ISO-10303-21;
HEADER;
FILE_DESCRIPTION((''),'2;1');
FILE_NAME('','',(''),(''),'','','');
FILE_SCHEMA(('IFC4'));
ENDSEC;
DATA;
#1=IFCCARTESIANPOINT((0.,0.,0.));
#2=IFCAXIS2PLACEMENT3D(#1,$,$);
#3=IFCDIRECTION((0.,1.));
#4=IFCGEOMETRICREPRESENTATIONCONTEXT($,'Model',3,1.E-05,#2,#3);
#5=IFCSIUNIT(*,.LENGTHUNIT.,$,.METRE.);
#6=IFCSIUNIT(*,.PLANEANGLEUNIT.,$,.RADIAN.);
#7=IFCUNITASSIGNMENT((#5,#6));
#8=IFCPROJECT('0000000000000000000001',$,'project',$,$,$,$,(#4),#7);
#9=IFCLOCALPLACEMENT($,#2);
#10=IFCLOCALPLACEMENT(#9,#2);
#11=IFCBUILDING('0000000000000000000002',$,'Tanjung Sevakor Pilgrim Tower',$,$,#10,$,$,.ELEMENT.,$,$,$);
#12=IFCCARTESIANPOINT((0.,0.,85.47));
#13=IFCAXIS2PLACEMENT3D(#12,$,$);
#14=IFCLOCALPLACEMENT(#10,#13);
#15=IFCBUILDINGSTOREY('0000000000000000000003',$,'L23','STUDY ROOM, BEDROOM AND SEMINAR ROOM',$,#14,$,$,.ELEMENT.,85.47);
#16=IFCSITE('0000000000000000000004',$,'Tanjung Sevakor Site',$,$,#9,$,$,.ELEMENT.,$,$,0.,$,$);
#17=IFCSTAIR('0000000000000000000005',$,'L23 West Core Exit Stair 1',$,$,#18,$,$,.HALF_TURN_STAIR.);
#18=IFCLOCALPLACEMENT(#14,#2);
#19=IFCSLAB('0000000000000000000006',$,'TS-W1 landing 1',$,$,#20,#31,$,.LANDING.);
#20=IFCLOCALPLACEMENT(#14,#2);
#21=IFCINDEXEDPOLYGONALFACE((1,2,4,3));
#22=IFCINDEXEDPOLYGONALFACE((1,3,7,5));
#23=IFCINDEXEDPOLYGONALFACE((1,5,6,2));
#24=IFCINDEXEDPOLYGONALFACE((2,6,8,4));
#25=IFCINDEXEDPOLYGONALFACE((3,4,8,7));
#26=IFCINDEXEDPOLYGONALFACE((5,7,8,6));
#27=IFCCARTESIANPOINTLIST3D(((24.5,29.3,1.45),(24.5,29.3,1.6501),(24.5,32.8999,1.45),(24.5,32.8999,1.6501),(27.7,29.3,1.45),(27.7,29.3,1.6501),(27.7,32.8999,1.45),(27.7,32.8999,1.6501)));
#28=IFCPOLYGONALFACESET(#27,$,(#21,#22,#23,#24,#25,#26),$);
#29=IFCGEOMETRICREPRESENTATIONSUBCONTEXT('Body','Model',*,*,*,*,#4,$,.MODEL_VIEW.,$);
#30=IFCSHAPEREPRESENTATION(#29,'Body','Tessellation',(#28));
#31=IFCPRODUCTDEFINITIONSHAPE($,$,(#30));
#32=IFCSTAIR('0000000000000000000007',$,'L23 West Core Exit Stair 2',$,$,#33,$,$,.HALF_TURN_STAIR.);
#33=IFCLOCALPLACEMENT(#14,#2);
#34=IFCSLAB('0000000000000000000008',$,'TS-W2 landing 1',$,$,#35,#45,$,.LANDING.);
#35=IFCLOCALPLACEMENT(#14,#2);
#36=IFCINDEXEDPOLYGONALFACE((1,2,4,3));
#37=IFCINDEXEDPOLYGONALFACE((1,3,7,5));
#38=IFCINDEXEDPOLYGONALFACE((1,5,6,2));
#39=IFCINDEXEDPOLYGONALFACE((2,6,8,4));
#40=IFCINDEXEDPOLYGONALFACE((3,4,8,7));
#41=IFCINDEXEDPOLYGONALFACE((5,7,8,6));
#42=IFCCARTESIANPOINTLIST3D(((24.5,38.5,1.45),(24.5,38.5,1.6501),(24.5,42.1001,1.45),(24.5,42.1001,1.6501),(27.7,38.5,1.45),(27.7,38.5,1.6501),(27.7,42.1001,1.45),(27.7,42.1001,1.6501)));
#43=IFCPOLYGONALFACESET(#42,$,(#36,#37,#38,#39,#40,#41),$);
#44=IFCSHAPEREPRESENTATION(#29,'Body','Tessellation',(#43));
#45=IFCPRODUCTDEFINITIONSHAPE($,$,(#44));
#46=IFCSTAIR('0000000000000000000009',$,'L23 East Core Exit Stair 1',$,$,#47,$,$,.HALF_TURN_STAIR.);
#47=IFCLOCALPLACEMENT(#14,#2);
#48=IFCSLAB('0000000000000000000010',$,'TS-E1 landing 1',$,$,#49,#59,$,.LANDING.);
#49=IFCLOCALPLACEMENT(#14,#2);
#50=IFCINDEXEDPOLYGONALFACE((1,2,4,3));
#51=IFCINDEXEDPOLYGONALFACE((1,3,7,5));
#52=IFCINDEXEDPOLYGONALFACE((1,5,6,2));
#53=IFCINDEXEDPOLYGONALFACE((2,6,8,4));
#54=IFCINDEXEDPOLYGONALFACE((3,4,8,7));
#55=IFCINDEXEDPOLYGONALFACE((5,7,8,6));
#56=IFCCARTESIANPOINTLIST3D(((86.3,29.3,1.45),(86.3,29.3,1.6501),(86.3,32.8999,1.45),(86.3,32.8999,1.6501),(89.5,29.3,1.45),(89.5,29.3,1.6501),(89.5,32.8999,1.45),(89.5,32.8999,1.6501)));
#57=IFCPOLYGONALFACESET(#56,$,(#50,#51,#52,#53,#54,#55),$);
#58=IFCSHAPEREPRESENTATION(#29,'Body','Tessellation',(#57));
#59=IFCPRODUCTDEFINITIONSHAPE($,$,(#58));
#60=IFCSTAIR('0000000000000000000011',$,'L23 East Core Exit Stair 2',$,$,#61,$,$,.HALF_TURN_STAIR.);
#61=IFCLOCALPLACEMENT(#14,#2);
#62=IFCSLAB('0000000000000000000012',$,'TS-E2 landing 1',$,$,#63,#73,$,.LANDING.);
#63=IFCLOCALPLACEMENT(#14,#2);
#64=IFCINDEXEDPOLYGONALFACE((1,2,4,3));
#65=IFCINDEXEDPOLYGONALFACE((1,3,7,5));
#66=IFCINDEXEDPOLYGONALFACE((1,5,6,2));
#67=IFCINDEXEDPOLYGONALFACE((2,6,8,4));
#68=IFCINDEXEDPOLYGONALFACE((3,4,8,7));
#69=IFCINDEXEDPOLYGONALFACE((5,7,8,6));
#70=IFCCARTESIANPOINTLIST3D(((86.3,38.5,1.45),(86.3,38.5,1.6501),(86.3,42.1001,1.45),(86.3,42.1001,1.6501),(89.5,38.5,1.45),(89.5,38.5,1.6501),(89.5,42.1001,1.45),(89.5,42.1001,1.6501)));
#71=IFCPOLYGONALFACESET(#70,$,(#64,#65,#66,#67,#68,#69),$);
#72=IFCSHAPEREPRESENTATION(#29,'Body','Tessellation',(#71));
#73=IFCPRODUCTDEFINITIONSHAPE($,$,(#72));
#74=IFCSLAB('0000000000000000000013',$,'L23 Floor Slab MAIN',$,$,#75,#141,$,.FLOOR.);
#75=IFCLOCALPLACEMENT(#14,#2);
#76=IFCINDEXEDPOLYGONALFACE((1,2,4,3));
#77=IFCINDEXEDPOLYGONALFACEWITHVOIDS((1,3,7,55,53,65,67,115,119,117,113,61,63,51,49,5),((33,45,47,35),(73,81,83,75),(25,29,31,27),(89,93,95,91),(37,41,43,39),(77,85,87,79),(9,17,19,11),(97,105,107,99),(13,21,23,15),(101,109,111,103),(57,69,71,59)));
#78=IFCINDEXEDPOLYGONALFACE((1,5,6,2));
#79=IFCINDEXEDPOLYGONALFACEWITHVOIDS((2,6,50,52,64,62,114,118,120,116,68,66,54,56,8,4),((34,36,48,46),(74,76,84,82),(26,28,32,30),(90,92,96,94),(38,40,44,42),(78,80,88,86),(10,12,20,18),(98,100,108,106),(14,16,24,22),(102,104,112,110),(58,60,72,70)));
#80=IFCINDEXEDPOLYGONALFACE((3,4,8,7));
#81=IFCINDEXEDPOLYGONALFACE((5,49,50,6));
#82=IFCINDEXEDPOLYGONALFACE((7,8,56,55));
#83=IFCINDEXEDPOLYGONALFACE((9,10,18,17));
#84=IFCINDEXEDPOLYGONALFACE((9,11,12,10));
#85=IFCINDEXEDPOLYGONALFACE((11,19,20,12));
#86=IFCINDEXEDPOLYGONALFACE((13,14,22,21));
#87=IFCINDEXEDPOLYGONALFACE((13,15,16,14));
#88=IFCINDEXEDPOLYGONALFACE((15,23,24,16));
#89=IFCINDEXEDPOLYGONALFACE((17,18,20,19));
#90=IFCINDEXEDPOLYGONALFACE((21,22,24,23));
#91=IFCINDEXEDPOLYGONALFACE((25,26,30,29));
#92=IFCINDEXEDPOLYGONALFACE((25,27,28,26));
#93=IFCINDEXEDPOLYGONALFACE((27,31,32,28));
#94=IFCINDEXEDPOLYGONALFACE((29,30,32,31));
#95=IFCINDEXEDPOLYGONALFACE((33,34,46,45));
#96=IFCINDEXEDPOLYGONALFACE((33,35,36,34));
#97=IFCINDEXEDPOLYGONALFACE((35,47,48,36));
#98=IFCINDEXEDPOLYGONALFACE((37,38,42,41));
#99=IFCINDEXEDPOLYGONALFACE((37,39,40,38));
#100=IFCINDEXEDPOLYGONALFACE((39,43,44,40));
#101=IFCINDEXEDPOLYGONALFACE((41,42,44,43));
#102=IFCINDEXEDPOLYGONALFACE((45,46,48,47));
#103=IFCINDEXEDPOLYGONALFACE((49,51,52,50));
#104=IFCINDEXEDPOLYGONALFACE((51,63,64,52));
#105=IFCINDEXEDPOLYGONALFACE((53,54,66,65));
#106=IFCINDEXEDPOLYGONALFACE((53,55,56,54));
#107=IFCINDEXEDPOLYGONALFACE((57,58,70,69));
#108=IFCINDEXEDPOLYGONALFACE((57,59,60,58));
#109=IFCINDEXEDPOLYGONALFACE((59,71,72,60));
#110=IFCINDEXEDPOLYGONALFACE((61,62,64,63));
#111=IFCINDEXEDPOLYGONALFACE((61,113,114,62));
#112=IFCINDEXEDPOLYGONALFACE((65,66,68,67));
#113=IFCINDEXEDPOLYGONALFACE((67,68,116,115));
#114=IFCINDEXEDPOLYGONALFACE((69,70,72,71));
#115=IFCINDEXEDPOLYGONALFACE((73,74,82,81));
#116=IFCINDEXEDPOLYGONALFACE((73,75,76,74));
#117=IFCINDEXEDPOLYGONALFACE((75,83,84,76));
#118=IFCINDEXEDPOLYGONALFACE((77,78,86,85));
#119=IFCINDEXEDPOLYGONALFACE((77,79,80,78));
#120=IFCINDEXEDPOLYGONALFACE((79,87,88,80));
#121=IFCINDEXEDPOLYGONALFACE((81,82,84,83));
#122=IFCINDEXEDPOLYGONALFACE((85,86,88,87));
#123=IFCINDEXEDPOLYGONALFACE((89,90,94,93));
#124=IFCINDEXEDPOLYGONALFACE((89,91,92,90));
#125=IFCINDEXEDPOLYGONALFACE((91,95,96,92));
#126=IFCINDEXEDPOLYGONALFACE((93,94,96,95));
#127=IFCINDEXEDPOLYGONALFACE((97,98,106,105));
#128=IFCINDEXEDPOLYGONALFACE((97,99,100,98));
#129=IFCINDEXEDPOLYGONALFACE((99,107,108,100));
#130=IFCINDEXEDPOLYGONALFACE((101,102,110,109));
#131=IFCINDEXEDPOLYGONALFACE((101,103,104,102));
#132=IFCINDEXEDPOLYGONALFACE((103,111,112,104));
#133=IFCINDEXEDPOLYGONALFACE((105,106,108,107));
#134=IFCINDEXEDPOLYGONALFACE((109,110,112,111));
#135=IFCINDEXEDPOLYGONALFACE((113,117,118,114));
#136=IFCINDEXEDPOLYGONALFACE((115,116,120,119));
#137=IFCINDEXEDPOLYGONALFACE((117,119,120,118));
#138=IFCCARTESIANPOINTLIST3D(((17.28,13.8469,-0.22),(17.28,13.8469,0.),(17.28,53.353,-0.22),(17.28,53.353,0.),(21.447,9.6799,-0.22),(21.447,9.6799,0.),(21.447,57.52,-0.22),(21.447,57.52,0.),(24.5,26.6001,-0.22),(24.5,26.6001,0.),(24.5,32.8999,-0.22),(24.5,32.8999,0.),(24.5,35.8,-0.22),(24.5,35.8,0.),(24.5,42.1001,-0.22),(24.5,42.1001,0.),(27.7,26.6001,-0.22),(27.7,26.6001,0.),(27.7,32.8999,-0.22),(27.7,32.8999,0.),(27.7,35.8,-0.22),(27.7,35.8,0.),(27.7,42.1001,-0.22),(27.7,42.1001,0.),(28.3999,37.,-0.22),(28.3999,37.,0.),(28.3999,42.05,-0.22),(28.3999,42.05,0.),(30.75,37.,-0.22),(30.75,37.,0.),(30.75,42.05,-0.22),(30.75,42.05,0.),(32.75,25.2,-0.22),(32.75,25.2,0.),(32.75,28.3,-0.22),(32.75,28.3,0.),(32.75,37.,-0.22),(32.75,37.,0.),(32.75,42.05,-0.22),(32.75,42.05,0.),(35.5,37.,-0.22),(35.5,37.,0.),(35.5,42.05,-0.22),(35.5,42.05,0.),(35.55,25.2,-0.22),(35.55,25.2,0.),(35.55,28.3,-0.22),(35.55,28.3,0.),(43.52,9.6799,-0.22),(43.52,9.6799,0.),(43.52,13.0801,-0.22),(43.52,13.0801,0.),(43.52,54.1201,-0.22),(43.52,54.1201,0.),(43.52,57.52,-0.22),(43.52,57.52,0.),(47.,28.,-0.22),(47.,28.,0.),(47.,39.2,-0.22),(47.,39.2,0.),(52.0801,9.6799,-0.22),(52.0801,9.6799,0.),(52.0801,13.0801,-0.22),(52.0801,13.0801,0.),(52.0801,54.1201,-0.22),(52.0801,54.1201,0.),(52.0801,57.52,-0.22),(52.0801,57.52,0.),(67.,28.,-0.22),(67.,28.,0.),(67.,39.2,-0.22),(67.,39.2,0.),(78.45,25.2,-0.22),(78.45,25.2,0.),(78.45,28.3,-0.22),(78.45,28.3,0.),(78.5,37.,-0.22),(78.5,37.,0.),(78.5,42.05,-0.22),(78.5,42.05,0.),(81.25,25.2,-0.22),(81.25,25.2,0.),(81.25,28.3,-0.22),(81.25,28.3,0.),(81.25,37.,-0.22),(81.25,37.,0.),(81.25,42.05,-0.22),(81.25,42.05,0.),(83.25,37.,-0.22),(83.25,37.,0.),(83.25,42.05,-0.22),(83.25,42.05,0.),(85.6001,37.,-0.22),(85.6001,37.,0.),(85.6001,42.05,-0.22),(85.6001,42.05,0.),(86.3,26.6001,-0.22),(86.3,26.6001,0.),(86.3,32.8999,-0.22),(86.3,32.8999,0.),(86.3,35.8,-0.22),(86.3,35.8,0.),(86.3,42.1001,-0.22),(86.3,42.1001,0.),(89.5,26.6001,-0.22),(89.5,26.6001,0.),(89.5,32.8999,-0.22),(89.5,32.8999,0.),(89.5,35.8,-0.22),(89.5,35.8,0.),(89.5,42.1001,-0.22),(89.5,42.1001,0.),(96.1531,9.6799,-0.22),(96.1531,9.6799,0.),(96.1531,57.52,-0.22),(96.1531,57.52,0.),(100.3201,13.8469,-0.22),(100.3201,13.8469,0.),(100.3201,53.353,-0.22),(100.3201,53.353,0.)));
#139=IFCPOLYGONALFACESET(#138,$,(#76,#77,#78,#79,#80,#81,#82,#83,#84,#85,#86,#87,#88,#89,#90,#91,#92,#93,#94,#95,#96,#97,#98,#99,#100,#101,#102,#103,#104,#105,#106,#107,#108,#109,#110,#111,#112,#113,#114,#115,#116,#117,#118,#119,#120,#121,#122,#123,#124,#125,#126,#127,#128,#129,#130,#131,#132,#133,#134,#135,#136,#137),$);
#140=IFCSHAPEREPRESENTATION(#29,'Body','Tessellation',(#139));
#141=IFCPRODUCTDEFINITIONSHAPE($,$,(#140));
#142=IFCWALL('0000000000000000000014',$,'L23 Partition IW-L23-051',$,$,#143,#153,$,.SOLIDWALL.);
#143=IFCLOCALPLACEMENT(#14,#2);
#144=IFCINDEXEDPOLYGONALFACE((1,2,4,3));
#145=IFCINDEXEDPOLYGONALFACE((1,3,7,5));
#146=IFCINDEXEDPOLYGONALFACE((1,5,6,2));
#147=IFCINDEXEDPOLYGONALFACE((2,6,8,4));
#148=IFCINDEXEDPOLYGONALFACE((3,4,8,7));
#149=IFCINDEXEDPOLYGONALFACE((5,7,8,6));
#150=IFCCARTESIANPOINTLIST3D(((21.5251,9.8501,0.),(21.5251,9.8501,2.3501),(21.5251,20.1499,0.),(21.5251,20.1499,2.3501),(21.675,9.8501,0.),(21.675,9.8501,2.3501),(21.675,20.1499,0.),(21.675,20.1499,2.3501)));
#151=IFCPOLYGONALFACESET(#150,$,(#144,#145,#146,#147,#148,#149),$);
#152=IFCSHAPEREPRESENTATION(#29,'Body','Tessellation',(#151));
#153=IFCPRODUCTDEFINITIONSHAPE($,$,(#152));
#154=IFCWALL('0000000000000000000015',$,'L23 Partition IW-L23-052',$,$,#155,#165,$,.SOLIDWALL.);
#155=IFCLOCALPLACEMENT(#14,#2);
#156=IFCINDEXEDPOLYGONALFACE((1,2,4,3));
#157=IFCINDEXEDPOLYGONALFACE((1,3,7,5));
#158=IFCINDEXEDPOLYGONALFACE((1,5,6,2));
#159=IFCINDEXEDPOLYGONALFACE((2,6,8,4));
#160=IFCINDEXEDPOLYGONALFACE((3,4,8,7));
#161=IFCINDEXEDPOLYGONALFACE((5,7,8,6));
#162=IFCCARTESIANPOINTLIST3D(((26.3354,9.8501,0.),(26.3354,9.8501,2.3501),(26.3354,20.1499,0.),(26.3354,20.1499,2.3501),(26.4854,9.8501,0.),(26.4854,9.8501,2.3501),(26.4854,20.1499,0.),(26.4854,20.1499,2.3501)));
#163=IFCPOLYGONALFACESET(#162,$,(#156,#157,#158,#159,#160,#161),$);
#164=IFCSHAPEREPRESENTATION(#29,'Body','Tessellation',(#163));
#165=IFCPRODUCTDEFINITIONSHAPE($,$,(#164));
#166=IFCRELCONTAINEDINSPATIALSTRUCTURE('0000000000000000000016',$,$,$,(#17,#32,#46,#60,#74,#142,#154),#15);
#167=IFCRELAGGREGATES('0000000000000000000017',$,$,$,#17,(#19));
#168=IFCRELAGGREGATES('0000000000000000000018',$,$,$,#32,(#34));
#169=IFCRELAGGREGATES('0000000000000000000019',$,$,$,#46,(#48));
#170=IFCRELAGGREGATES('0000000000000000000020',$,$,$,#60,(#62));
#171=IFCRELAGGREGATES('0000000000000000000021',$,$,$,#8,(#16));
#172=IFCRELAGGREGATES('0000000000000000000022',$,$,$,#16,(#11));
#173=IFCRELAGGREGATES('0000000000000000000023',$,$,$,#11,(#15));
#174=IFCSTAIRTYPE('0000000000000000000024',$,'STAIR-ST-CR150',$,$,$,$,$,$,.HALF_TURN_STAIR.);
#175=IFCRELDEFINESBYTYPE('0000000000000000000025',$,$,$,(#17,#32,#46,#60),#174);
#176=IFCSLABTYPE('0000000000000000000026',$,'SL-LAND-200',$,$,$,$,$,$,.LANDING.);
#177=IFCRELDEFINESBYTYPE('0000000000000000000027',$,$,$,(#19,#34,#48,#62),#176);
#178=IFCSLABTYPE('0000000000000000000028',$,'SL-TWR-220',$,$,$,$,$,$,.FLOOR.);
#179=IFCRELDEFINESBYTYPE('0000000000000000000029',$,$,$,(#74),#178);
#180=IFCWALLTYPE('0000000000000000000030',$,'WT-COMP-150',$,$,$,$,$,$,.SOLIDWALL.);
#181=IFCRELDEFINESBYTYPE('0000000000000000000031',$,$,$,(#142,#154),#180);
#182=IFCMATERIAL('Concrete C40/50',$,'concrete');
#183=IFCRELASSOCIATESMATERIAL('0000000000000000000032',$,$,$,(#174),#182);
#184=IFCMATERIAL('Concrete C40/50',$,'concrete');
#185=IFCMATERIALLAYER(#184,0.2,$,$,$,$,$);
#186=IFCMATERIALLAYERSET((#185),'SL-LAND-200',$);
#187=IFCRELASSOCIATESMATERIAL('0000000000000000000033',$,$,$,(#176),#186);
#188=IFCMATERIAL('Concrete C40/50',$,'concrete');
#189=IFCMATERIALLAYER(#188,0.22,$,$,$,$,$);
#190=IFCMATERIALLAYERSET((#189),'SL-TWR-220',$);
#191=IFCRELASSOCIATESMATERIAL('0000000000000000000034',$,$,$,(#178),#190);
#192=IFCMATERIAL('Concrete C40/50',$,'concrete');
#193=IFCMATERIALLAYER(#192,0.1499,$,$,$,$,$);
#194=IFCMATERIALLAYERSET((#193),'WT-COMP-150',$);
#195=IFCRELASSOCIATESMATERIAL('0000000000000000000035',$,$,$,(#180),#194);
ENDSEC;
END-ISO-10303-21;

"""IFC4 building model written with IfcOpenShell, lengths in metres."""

from ifc_helpers import new_model, si_unit, direction, frame, frame_2d, origin, place, context, subcontext, project, spatial, polyline, rectangle, outline, extrude, material, layer, layer_set, type_object, element, aggregate, save


model = new_model("IFC4")

# Units and contexts
model_context = context("Model", 3, precision=1e-05, world=origin(), true_north=direction((0.0, 1.0)))
body_context = subcontext(model_context, "Body", "Model", "MODEL_VIEW")
ifc_project = project(units=[si_unit("LENGTHUNIT", "METRE"), si_unit("PLANEANGLEUNIT", "RADIAN")], contexts=[model_context])

# Site, building, storey
site_placement = place(None, origin())
site = spatial("IfcSite", under=ifc_project, at=site_placement, Name="Tanjung Sevakor Site", CompositionType="ELEMENT", RefElevation=0.0)
building_placement = place(site_placement, origin())
building = spatial("IfcBuilding", under=site, at=building_placement, Name="Tanjung Sevakor Pilgrim Tower", CompositionType="ELEMENT")
storey_placement = place(building_placement, frame((0.0, 0.0, 85.47)))
storey = spatial("IfcBuildingStorey", under=building, at=storey_placement, Name="L23", Description="STUDY ROOM, BEDROOM AND SEMINAR ROOM", CompositionType="ELEMENT", Elevation=85.47)

# Stairs, slabs
ifc_material_1 = material(Name="Concrete C40/50", Category="concrete")
stair_type = type_object("IfcStairType", Name="STAIR-ST-CR150", PredefinedType="HALF_TURN_STAIR", material=ifc_material_1)
stair_1_placement = place(storey_placement, origin())
stair_1 = element("IfcStair", 1, at=stair_1_placement, inside=storey, type_object=stair_type, Name="L23 West Core Exit Stair 1", PredefinedType="HALF_TURN_STAIR")
ifc_material_2 = material(Name="Concrete C40/50", Category="concrete")
ifc_layer_1 = layer(ifc_material_2, 0.2)
ifc_layer_set_1 = layer_set([ifc_layer_1], Name="SL-LAND-200")
slab_type_1 = type_object("IfcSlabType", Name="SL-LAND-200", PredefinedType="LANDING", material=ifc_layer_set_1)
slab_1_placement = place(storey_placement, frame((0.0, 0.0, 1.45)))
slab_1 = element("IfcSlab", 2, at=slab_1_placement, type_object=slab_type_1, Name="TS-W1 landing 1", PredefinedType="LANDING", context=body_context, shape_type="SweptSolid", body=[
    extrude(outline(polyline([(27.7, 29.3), (27.7, 32.8999), (24.5, 32.8999), (24.5, 29.3), (27.7, 29.3)])), origin(), (0.0, 0.0, 1.0), 0.2002),
])
aggregate(stair_1, [slab_1])
stair_2_placement = place(storey_placement, origin())
stair_2 = element("IfcStair", 3, at=stair_2_placement, inside=storey, type_object=stair_type, Name="L23 West Core Exit Stair 2", PredefinedType="HALF_TURN_STAIR")
slab_2_placement = place(storey_placement, frame((0.0, 0.0, 1.45)))
slab_2 = element("IfcSlab", 4, at=slab_2_placement, type_object=slab_type_1, Name="TS-W2 landing 1", PredefinedType="LANDING", context=body_context, shape_type="SweptSolid", body=[
    extrude(outline(polyline([(27.7, 38.5), (27.7, 42.1001), (24.5, 42.1001), (24.5, 38.5), (27.7, 38.5)])), origin(), (0.0, 0.0, 1.0), 0.2002),
])
aggregate(stair_2, [slab_2])
stair_3_placement = place(storey_placement, origin())
stair_3 = element("IfcStair", 5, at=stair_3_placement, inside=storey, type_object=stair_type, Name="L23 East Core Exit Stair 1", PredefinedType="HALF_TURN_STAIR")
slab_3_placement = place(storey_placement, frame((0.0, 0.0, 1.45)))
slab_3 = element("IfcSlab", 6, at=slab_3_placement, type_object=slab_type_1, Name="TS-E1 landing 1", PredefinedType="LANDING", context=body_context, shape_type="SweptSolid", body=[
    extrude(outline(polyline([(89.5, 29.3), (89.5, 32.8999), (86.3, 32.8999), (86.3, 29.3), (89.5, 29.3)])), origin(), (0.0, 0.0, 1.0), 0.2002),
])
aggregate(stair_3, [slab_3])
stair_4_placement = place(storey_placement, origin())
stair_4 = element("IfcStair", 7, at=stair_4_placement, inside=storey, type_object=stair_type, Name="L23 East Core Exit Stair 2", PredefinedType="HALF_TURN_STAIR")
slab_4_placement = place(storey_placement, frame((0.0, 0.0, 1.45)))
slab_4 = element("IfcSlab", 8, at=slab_4_placement, type_object=slab_type_1, Name="TS-E2 landing 1", PredefinedType="LANDING", context=body_context, shape_type="SweptSolid", body=[
    extrude(outline(polyline([(89.5, 38.5), (89.5, 42.1001), (86.3, 42.1001), (86.3, 38.5), (89.5, 38.5)])), origin(), (0.0, 0.0, 1.0), 0.2002),
])
aggregate(stair_4, [slab_4])

# Slab
ifc_material_3 = material(Name="Concrete C40/50", Category="concrete")
ifc_layer_2 = layer(ifc_material_3, 0.22)
ifc_layer_set_2 = layer_set([ifc_layer_2], Name="SL-TWR-220")
slab_type_2 = type_object("IfcSlabType", Name="SL-TWR-220", PredefinedType="FLOOR", material=ifc_layer_set_2)
slab_5_placement = place(storey_placement, frame((0.0, 0.0, -0.22)))
element("IfcSlab", 9, at=slab_5_placement, inside=storey, type_object=slab_type_2, Name="L23 Floor Slab MAIN", PredefinedType="FLOOR", context=body_context, shape_type="SweptSolid", body=[
    extrude(outline(polyline([(21.447, 9.6799), (43.52, 9.6799), (43.52, 13.0801), (52.0801, 13.0801), (52.0801, 9.6799), (96.1531, 9.6799), (100.3201, 13.8469), (100.3201, 53.353), (96.1531, 57.52), (52.0801, 57.52), (52.0801, 54.1201), (43.52, 54.1201), (43.52, 57.52), (21.447, 57.52), (17.28, 53.353), (17.28, 13.8469), (21.447, 9.6799)]), holes=[polyline([(27.7, 26.6001), (27.7, 32.8999), (24.5, 32.8999), (24.5, 26.6001), (27.7, 26.6001)]), polyline([(27.7, 35.8), (27.7, 42.1001), (24.5, 42.1001), (24.5, 35.8), (27.7, 35.8)]), polyline([(89.5, 26.6001), (89.5, 32.8999), (86.3, 32.8999), (86.3, 26.6001), (89.5, 26.6001)]), polyline([(89.5, 35.8), (89.5, 42.1001), (86.3, 42.1001), (86.3, 35.8), (89.5, 35.8)]), polyline([(32.75, 25.2), (35.55, 25.2), (35.55, 28.3), (32.75, 28.3), (32.75, 25.2)]), polyline([(28.3999, 37.0), (30.75, 37.0), (30.75, 42.05), (28.3999, 42.05), (28.3999, 37.0)]), polyline([(32.75, 37.0), (35.5, 37.0), (35.5, 42.05), (32.75, 42.05), (32.75, 37.0)]), polyline([(78.45, 25.2), (81.25, 25.2), (81.25, 28.3), (78.45, 28.3), (78.45, 25.2)]), polyline([(83.25, 37.0), (85.6001, 37.0), (85.6001, 42.05), (83.25, 42.05), (83.25, 37.0)]), polyline([(78.5, 37.0), (81.25, 37.0), (81.25, 42.05), (78.5, 42.05), (78.5, 37.0)]), polyline([(47.0, 28.0), (67.0, 28.0), (67.0, 39.2), (47.0, 39.2), (47.0, 28.0)])]), origin(), (0.0, 0.0, 1.0), 0.22),
])

# Walls
ifc_material_4 = material(Name="Concrete C40/50", Category="concrete")
ifc_layer_3 = layer(ifc_material_4, 0.1499)
ifc_layer_set_3 = layer_set([ifc_layer_3], Name="WT-COMP-150")
wall_type_1 = type_object("IfcWallType", Name="WT-COMP-150", PredefinedType="SOLIDWALL", material=ifc_layer_set_3)
for number, where, z_axis, x_axis, name in (
    (10, (21.6001, 9.8501, 0.0), (0.0, 0.0, 1.0), (0.0, 1.0, 0.0), "L23 Partition IW-L23-051"),
    (11, (26.4104, 9.8501, 0.0), (0.0, 0.0, 1.0), (0.0, 1.0, 0.0), "L23 Partition IW-L23-052"),
):
    element("IfcWall", number, at=place(storey_placement, frame(where, z_axis=z_axis, x_axis=x_axis)), inside=storey, type_object=wall_type_1, Name=name, PredefinedType="SOLIDWALL", context=body_context, shape_type="SweptSolid", body=[
        extrude(rectangle(XDim=10.2998, YDim=0.1499, at=frame_2d((5.1499, 0.0))), origin(), (0.0, 0.0, 1.0), 2.3501),
    ])

save(model, "model.ifc")
